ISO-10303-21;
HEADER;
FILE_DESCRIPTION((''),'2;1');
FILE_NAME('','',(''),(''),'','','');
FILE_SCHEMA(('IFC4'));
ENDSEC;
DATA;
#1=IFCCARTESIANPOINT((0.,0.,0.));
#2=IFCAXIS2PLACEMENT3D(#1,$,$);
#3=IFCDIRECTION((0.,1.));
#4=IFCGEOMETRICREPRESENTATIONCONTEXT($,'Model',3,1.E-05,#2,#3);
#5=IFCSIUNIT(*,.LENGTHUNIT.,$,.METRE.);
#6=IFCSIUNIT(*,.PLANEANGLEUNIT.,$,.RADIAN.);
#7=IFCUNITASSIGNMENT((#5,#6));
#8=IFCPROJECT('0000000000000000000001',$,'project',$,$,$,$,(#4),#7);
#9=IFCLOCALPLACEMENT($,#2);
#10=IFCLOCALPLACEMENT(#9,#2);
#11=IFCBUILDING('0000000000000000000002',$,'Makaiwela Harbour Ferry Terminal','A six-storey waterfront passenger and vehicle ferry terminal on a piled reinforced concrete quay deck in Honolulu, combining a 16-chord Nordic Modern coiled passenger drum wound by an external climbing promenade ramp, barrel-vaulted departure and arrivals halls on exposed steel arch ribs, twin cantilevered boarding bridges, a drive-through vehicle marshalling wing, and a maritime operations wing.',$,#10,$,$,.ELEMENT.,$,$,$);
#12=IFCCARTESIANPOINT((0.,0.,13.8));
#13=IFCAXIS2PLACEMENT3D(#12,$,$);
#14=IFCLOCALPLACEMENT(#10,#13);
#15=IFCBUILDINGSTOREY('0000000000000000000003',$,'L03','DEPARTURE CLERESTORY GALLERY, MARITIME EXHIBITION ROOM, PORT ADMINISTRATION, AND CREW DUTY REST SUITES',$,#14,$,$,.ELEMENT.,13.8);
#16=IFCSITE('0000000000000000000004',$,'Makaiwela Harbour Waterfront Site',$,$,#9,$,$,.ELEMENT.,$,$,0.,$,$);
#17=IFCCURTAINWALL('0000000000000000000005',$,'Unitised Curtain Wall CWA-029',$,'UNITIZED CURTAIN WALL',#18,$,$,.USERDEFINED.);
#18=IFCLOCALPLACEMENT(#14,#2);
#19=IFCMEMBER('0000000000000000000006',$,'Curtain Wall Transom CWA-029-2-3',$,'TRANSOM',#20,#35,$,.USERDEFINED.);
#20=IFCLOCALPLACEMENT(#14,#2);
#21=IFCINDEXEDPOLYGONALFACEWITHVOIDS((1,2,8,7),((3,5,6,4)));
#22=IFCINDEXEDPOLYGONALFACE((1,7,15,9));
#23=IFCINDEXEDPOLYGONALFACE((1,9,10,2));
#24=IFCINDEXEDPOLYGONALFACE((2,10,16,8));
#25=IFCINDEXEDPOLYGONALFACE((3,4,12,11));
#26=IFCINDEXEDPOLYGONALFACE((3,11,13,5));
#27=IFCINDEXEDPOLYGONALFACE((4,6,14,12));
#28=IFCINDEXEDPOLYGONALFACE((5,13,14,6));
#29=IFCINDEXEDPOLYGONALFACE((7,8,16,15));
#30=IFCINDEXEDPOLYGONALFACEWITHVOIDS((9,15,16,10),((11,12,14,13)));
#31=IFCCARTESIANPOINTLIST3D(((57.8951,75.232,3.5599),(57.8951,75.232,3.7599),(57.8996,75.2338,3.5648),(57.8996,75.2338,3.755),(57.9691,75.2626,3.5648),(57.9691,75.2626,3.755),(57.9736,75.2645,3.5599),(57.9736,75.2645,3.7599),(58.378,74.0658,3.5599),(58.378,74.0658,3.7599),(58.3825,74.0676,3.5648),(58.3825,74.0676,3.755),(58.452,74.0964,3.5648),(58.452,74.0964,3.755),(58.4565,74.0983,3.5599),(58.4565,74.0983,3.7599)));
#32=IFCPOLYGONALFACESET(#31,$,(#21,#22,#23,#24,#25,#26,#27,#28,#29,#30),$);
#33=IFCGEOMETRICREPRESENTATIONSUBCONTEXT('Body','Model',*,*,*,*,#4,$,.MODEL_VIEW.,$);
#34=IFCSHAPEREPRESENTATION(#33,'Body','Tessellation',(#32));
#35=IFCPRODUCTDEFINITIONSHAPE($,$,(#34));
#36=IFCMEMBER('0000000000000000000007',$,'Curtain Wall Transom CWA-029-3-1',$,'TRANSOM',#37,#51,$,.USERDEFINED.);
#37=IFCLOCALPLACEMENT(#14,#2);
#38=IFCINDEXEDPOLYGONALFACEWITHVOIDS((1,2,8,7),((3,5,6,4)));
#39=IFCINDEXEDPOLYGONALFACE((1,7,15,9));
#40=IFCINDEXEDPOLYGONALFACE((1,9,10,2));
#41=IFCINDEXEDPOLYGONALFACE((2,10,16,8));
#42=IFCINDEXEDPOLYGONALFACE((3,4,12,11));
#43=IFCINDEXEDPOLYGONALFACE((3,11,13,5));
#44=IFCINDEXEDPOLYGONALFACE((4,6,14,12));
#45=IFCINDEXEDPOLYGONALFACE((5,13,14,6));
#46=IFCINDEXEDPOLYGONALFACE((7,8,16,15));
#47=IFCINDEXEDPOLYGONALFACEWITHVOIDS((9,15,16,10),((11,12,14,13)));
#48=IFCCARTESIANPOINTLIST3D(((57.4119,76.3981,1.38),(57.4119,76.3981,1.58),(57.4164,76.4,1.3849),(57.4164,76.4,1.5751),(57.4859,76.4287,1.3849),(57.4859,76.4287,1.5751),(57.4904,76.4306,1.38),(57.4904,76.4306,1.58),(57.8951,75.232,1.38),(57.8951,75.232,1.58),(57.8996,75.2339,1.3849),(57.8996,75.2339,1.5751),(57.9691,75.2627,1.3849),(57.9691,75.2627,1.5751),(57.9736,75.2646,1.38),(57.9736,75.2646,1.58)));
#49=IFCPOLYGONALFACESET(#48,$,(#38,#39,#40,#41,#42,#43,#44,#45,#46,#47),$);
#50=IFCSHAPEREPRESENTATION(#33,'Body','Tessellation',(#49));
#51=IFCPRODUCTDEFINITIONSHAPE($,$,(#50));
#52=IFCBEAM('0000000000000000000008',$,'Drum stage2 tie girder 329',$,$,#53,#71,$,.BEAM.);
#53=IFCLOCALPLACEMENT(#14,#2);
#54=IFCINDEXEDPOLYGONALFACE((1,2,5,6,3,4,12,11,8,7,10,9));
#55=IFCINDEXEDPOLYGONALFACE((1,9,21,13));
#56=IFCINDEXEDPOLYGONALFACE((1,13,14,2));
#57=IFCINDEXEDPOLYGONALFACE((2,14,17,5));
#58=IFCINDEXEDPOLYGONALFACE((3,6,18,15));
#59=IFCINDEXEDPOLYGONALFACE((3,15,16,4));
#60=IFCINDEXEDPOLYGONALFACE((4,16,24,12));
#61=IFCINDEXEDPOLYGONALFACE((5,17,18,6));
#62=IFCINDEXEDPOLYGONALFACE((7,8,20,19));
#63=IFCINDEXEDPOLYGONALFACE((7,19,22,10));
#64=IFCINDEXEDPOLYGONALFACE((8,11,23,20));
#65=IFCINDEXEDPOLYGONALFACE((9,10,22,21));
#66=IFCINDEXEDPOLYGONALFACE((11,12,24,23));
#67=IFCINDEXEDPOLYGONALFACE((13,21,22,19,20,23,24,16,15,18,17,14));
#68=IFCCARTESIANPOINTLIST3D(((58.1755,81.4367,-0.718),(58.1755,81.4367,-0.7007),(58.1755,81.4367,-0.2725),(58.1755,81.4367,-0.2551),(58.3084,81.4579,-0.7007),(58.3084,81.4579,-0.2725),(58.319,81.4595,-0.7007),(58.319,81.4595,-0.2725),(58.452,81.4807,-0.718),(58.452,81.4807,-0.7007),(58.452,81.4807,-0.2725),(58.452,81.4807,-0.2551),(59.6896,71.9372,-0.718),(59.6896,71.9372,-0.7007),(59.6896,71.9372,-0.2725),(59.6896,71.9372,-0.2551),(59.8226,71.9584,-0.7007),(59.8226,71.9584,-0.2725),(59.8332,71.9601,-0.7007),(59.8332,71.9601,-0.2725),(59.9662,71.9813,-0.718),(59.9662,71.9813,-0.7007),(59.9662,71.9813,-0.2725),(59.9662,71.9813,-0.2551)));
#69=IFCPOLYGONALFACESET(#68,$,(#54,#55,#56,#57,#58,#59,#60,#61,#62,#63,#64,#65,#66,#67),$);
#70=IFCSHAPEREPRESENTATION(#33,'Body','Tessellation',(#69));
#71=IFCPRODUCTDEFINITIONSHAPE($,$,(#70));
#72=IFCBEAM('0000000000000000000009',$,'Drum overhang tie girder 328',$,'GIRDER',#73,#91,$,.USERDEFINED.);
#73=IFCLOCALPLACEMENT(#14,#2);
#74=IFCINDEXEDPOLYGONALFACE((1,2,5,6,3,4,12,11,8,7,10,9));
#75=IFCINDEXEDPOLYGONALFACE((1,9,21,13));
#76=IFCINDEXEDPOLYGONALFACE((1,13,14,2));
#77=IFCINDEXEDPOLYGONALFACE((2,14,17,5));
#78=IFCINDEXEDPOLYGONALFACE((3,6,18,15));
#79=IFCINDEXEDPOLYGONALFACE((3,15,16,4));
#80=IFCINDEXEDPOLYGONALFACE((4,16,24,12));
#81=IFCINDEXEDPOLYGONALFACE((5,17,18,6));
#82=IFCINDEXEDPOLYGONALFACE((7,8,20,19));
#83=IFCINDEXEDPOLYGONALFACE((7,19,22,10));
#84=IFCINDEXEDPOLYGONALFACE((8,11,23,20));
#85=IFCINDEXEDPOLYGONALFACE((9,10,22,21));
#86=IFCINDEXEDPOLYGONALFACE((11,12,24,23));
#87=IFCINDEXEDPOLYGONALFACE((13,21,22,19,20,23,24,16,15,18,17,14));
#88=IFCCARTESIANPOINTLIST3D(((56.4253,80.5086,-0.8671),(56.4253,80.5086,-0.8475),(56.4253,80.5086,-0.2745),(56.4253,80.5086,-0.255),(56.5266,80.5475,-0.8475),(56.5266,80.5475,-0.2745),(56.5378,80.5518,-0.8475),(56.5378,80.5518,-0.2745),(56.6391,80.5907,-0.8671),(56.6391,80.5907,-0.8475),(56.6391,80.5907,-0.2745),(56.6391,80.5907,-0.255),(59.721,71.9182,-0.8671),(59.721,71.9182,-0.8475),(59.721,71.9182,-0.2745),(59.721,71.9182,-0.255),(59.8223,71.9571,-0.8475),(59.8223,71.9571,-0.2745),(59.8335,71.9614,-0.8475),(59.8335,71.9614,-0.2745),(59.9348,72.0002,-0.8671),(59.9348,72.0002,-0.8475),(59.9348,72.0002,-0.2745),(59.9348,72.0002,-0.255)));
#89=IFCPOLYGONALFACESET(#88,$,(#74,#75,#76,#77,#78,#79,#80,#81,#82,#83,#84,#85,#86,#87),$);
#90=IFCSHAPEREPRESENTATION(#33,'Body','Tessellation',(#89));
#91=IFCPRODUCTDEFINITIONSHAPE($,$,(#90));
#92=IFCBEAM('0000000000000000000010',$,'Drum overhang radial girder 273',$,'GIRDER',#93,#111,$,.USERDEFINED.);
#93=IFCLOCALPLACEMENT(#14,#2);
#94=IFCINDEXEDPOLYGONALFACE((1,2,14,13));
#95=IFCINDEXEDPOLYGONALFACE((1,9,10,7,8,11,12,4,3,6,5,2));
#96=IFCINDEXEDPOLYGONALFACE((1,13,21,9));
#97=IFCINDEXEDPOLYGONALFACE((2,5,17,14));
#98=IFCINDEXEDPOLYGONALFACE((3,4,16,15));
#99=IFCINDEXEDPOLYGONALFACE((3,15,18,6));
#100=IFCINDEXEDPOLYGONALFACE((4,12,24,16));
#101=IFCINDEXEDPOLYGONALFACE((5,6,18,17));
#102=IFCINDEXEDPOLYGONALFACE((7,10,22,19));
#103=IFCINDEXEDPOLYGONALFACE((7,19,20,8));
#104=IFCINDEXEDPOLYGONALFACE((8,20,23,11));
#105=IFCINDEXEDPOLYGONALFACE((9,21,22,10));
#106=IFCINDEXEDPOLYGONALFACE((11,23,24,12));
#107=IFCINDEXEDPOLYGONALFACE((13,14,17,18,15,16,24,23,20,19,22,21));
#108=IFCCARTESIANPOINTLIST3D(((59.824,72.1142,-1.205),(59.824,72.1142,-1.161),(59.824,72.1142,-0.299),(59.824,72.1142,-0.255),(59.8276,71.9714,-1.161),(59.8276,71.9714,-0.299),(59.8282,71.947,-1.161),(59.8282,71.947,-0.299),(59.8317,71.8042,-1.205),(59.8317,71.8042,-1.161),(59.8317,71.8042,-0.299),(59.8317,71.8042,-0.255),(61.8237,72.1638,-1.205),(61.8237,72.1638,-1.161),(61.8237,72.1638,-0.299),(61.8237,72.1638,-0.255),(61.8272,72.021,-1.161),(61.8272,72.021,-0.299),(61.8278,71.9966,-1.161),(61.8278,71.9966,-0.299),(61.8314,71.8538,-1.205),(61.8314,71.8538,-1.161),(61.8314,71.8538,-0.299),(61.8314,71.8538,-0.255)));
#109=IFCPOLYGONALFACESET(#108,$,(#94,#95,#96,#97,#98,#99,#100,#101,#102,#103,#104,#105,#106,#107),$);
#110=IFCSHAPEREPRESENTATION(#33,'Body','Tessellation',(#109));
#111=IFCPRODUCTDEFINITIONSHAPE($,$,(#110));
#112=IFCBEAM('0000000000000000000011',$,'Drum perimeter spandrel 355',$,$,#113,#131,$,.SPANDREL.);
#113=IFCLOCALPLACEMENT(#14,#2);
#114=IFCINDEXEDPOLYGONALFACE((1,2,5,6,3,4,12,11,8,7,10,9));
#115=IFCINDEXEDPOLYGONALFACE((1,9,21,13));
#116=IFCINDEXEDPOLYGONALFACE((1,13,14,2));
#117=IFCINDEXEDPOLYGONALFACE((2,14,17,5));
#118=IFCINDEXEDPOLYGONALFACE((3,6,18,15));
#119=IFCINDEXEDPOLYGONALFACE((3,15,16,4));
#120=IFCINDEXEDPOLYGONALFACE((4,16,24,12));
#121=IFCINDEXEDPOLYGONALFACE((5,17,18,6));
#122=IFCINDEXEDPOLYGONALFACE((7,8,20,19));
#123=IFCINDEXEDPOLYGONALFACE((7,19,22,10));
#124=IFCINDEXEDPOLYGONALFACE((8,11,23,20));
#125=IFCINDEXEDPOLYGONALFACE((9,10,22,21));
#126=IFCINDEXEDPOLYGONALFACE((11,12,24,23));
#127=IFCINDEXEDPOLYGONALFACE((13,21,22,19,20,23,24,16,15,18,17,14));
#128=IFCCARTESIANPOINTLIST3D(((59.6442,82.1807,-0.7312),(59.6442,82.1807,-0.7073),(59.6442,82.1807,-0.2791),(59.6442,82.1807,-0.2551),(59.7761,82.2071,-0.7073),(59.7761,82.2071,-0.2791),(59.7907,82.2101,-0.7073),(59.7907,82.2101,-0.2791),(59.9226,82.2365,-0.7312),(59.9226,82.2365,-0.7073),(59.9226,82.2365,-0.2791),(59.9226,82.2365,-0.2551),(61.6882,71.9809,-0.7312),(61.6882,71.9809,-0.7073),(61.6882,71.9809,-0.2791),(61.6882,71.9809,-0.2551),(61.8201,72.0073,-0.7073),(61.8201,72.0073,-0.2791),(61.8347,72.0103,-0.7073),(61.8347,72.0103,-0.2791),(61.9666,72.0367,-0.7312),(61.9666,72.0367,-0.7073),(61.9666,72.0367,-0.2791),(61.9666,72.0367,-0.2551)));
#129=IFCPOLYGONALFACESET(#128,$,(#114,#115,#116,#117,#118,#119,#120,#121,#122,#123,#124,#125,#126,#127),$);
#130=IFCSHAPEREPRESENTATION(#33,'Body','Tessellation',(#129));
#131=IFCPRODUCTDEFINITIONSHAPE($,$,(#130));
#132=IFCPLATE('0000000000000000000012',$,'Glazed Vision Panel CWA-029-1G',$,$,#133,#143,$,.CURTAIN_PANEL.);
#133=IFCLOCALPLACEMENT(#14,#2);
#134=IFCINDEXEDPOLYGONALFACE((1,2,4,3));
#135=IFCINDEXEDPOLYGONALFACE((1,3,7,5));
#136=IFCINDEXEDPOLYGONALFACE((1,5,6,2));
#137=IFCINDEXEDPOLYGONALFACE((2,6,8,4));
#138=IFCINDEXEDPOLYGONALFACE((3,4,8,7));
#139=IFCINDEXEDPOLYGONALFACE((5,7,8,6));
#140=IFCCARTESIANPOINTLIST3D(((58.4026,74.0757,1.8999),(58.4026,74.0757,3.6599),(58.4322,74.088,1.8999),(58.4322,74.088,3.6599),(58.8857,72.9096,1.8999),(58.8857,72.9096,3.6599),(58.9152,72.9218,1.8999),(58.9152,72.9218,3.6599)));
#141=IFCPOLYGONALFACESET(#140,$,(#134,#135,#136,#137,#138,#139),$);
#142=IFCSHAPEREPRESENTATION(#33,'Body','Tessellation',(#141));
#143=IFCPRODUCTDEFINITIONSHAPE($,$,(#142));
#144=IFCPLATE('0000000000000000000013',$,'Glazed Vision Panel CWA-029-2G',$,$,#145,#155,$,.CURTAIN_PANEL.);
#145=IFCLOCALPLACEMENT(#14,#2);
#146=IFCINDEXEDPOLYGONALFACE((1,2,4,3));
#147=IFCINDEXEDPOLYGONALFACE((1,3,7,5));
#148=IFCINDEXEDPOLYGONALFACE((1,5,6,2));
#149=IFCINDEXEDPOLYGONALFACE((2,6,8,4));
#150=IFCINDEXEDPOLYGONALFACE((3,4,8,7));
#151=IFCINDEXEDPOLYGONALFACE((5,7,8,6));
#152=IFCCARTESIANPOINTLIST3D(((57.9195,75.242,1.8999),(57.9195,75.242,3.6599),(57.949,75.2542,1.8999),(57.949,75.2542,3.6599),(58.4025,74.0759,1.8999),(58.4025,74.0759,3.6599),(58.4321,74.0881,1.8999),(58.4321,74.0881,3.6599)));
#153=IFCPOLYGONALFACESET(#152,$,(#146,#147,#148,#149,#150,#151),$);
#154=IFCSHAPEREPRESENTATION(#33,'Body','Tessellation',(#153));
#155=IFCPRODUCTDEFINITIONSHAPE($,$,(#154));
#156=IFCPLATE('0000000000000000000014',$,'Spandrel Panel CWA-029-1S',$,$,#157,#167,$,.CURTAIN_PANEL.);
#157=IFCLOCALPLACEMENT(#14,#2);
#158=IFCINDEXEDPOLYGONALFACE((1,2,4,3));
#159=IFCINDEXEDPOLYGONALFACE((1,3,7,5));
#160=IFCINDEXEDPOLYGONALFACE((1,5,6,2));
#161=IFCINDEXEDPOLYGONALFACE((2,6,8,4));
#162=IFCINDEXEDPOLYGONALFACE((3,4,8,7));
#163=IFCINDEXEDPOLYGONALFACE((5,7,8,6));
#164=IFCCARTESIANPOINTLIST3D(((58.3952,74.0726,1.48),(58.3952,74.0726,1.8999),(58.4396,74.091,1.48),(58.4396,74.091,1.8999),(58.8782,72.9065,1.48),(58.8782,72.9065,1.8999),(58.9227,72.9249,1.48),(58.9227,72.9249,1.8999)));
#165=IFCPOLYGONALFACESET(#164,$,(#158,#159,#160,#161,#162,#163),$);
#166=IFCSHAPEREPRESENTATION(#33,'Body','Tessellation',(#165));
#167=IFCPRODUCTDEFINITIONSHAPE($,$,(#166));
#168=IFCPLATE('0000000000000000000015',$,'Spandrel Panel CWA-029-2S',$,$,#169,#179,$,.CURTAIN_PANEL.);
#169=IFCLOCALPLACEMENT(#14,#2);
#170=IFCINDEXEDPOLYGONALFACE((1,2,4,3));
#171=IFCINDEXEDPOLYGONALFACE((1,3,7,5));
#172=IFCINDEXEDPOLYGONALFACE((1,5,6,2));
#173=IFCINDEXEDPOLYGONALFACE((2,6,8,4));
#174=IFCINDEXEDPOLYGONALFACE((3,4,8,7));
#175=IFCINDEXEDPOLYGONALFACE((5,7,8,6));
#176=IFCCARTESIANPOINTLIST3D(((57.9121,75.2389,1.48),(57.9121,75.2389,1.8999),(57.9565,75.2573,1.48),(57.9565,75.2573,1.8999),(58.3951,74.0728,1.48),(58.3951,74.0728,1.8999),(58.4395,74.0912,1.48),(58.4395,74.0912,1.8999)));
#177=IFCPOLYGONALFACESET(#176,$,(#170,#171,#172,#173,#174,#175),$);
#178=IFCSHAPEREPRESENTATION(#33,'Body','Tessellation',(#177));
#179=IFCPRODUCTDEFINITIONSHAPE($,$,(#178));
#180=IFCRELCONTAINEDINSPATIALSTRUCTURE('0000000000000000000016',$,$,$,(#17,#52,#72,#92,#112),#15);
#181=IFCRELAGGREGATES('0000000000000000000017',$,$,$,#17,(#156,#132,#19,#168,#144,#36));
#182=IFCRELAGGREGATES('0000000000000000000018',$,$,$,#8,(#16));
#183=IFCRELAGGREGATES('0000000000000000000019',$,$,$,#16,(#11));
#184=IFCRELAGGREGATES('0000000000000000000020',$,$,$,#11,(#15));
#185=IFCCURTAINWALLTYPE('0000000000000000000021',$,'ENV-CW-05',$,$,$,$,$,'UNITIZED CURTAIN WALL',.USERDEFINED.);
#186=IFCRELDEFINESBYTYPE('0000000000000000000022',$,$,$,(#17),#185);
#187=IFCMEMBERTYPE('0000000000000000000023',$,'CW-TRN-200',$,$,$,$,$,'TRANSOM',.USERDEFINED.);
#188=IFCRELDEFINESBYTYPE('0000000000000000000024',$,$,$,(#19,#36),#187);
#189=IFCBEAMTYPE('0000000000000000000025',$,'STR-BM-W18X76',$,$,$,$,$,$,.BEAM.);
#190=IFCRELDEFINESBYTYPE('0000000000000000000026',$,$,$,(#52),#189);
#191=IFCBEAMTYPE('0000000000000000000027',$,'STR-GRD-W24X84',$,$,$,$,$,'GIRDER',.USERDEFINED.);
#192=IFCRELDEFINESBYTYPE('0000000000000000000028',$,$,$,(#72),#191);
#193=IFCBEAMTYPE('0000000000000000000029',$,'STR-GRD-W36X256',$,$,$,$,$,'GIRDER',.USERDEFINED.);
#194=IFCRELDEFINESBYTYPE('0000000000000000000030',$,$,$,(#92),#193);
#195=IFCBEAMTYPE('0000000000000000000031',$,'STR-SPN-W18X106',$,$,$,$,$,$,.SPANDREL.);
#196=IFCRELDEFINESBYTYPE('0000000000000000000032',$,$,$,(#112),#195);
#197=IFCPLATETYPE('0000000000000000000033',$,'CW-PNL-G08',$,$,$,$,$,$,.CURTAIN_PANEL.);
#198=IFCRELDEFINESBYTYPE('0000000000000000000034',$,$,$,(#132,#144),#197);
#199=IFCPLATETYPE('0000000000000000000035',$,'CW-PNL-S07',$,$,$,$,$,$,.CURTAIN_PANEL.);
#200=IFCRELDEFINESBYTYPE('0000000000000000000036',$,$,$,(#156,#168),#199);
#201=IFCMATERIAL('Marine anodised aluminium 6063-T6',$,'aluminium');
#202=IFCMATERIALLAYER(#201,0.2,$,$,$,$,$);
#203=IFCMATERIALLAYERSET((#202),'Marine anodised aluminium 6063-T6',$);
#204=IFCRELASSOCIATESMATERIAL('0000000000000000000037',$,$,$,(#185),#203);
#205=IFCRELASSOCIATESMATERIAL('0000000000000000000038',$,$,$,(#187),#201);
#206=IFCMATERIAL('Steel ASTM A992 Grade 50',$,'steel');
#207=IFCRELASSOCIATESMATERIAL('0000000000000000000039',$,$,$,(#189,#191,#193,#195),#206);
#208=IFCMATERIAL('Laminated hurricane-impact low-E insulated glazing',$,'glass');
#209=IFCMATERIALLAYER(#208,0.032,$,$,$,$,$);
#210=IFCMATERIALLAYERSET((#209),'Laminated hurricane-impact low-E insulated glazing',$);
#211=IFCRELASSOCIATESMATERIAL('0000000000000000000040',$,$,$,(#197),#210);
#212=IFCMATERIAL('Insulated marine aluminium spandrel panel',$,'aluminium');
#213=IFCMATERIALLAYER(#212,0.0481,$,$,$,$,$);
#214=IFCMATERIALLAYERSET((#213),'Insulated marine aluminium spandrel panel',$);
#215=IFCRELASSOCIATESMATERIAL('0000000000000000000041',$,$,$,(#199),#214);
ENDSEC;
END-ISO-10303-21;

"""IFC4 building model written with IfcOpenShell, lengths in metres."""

from ifc_helpers import new_model, si_unit, direction, frame, origin, origin_2d, place, context, subcontext, project, spatial, rectangle, hollow_rectangle, i_section, extrude, material, layer, layer_set, material_profile, profile_set, type_object, element, aggregate, save


model = new_model("IFC4")

# Units and contexts
model_context = context("Model", 3, precision=1e-05, world=origin(), true_north=direction((0.0, 1.0)))
body_context = subcontext(model_context, "Body", "Model", "MODEL_VIEW")
ifc_project = project(units=[si_unit("LENGTHUNIT", "METRE"), si_unit("PLANEANGLEUNIT", "RADIAN")], contexts=[model_context])

# Site, building, storey
site_placement = place(None, origin())
site = spatial("IfcSite", under=ifc_project, at=site_placement, Name="Makaiwela Harbour Waterfront Site", CompositionType="ELEMENT", RefElevation=0.0)
building_placement = place(site_placement, origin())
building = spatial("IfcBuilding", under=site, at=building_placement, Name="Makaiwela Harbour Ferry Terminal", Description="A six-storey waterfront passenger and vehicle ferry terminal on a piled reinforced concrete quay deck in Honolulu, combining a 16-chord Nordic Modern coiled passenger drum wound by an external climbing promenade ramp, barrel-vaulted departure and arrivals halls on exposed steel arch ribs, twin cantilevered boarding bridges, a drive-through vehicle marshalling wing, and a maritime operations wing.", CompositionType="ELEMENT")
storey_placement = place(building_placement, frame((0.0, 0.0, 13.8)))
storey = spatial("IfcBuildingStorey", under=building, at=storey_placement, Name="L03", Description="DEPARTURE CLERESTORY GALLERY, MARITIME EXHIBITION ROOM, PORT ADMINISTRATION, AND CREW DUTY REST SUITES", CompositionType="ELEMENT", Elevation=13.8)

# Shared definitions
ifc_material_1 = material(Name="Steel ASTM A992 Grade 50", Category="steel")

# Curtain wall
ifc_material_2 = material(Name="Marine anodised aluminium 6063-T6", Category="aluminium")
ifc_layer_1 = layer(ifc_material_2, 0.2)
ifc_layer_set_1 = layer_set([ifc_layer_1], Name="Marine anodised aluminium 6063-T6")
curtain_wall_type = type_object("IfcCurtainWallType", Name="ENV-CW-05", ElementType="UNITIZED CURTAIN WALL", PredefinedType="USERDEFINED", material=ifc_layer_set_1)
curtain_wall_1_placement = place(storey_placement, origin())
curtain_wall_1 = element("IfcCurtainWall", 1, at=curtain_wall_1_placement, inside=storey, type_object=curtain_wall_type, Name="Unitised Curtain Wall CWA-029", ObjectType="UNITIZED CURTAIN WALL", PredefinedType="USERDEFINED")

# Members
ifc_material_profile_1 = material_profile(ifc_material_2, hollow_rectangle(XDim=0.085, YDim=0.2, WallThickness=0.0049, at=origin_2d()), Name="CWT-200X85")
ifc_profile_set_1 = profile_set([ifc_material_profile_1], Name="Marine anodised aluminium 6063-T6")
member_type_1 = type_object("IfcMemberType", Name="CW-TRN-200", ElementType="TRANSOM", PredefinedType="USERDEFINED", material=ifc_profile_set_1)
member_1_placement = place(storey_placement, frame((58.4172, 74.082, 3.6599), z_axis=(-0.382568, 0.923927, 0.0), x_axis=(-0.923927, -0.382568, 0.0)))
member_1 = element("IfcMember", 2, at=member_1_placement, type_object=member_type_1, Name="Curtain Wall Transom CWA-029-2-3", ObjectType="TRANSOM", PredefinedType="USERDEFINED", context=body_context, shape_type="SweptSolid", body=[
    extrude(hollow_rectangle(XDim=0.085, YDim=0.2, WallThickness=0.0049, at=origin_2d()), origin(), (0.0, 0.0, 1.0), 1.2622),
])
member_2_placement = place(storey_placement, frame((57.9343, 75.2483, 1.48), z_axis=(-0.382802, 0.923831, 0.0), x_axis=(-0.923831, -0.382802, 0.0)))
member_2 = element("IfcMember", 3, at=member_2_placement, type_object=member_type_1, Name="Curtain Wall Transom CWA-029-3-1", ObjectType="TRANSOM", PredefinedType="USERDEFINED", context=body_context, shape_type="SweptSolid", body=[
    extrude(hollow_rectangle(XDim=0.085, YDim=0.2, WallThickness=0.0049, at=origin_2d()), origin(), (0.0, 0.0, 1.0), 1.2622),
])

# Beams
ifc_material_profile_2 = material_profile(ifc_material_1, i_section(OverallWidth=0.28, OverallDepth=0.4629, WebThickness=0.0107, FlangeThickness=0.0173, at=origin_2d()), Name="W18X76")
ifc_profile_set_2 = profile_set([ifc_material_profile_2], Name="Steel ASTM A992 Grade 50")
beam_type_1 = type_object("IfcBeamType", Name="STR-BM-W18X76", PredefinedType="BEAM", material=ifc_profile_set_2)
beam_1_placement = place(storey_placement, frame((59.8279, 71.9592, -0.4866), z_axis=(-0.157406, 0.987534, 0.0), x_axis=(-0.987534, -0.157406, 0.0)))
element("IfcBeam", 4, at=beam_1_placement, inside=storey, type_object=beam_type_1, Name="Drum stage2 tie girder 329", PredefinedType="BEAM", context=body_context, shape_type="SweptSolid", body=[
    extrude(i_section(OverallWidth=0.28, OverallDepth=0.4629, WebThickness=0.0107, FlangeThickness=0.0173, at=origin_2d()), origin(), (0.0, 0.0, 1.0), 9.6194),
])
ifc_material_profile_3 = material_profile(ifc_material_1, i_section(OverallWidth=0.229, OverallDepth=0.6121, WebThickness=0.012, FlangeThickness=0.0195, at=origin_2d()), Name="W24X84")
ifc_profile_set_3 = profile_set([ifc_material_profile_3], Name="Steel ASTM A992 Grade 50")
beam_type_2 = type_object("IfcBeamType", Name="STR-GRD-W24X84", ElementType="GIRDER", PredefinedType="USERDEFINED", material=ifc_profile_set_3)
beam_2_placement = place(storey_placement, frame((59.8279, 71.9592, -0.561), z_axis=(-0.358191, 0.933648, 0.0), x_axis=(-0.933648, -0.358191, 0.0)))
element("IfcBeam", 5, at=beam_2_placement, inside=storey, type_object=beam_type_2, Name="Drum overhang tie girder 328", ObjectType="GIRDER", PredefinedType="USERDEFINED", context=body_context, shape_type="SweptSolid", body=[
    extrude(i_section(OverallWidth=0.229, OverallDepth=0.6121, WebThickness=0.012, FlangeThickness=0.0195, at=origin_2d()), origin(), (0.0, 0.0, 1.0), 9.2009),
])
ifc_material_profile_4 = material_profile(ifc_material_1, i_section(OverallWidth=0.3101, OverallDepth=0.95, WebThickness=0.0244, FlangeThickness=0.0439, at=origin_2d()), Name="W36X256")
ifc_profile_set_4 = profile_set([ifc_material_profile_4], Name="Steel ASTM A992 Grade 50")
beam_type_3 = type_object("IfcBeamType", Name="STR-GRD-W36X256", ElementType="GIRDER", PredefinedType="USERDEFINED", material=ifc_profile_set_4)
beam_3_placement = place(storey_placement, frame((59.8279, 71.9592, -0.73), z_axis=(0.999693, 0.024779, 0.0), x_axis=(-0.024779, 0.999693, 0.0)))
element("IfcBeam", 6, at=beam_3_placement, inside=storey, type_object=beam_type_3, Name="Drum overhang radial girder 273", ObjectType="GIRDER", PredefinedType="USERDEFINED", context=body_context, shape_type="SweptSolid", body=[
    extrude(i_section(OverallWidth=0.3101, OverallDepth=0.95, WebThickness=0.0244, FlangeThickness=0.0439, at=origin_2d()), origin(), (0.0, 0.0, 1.0), 2.0002),
])
ifc_material_profile_5 = material_profile(ifc_material_1, i_section(OverallWidth=0.2839, OverallDepth=0.4761, WebThickness=0.0149, FlangeThickness=0.0239, at=origin_2d()), Name="W18X106")
ifc_profile_set_5 = profile_set([ifc_material_profile_5], Name="Steel ASTM A992 Grade 50")
beam_type_4 = type_object("IfcBeamType", Name="STR-SPN-W18X106", PredefinedType="SPANDREL", material=ifc_profile_set_5)
beam_4_placement = place(storey_placement, frame((61.8274, 72.0088, -0.4932), z_axis=(-0.196486, 0.980507, 0.0), x_axis=(-0.980507, -0.196486, 0.0)))
element("IfcBeam", 7, at=beam_4_placement, inside=storey, type_object=beam_type_4, Name="Drum perimeter spandrel 355", PredefinedType="SPANDREL", context=body_context, shape_type="SweptSolid", body=[
    extrude(i_section(OverallWidth=0.2839, OverallDepth=0.4761, WebThickness=0.0149, FlangeThickness=0.0239, at=origin_2d()), origin(), (0.0, 0.0, 1.0), 10.4026),
])

# Plates
ifc_material_3 = material(Name="Laminated hurricane-impact low-E insulated glazing", Category="glass")
ifc_layer_2 = layer(ifc_material_3, 0.032)
ifc_layer_set_2 = layer_set([ifc_layer_2], Name="Laminated hurricane-impact low-E insulated glazing")
plate_type_1 = type_object("IfcPlateType", Name="CW-PNL-G08", PredefinedType="CURTAIN_PANEL", material=ifc_layer_set_2)
plate_1_placement = place(storey_placement, frame((58.6589, 73.4988, 1.8999), z_axis=(0.0, 0.0, 1.0), x_axis=(-0.382683, 0.92388, 0.0)))
plate_1 = element("IfcPlate", 8, at=plate_1_placement, type_object=plate_type_1, Name="Glazed Vision Panel CWA-029-1G", PredefinedType="CURTAIN_PANEL", context=body_context, shape_type="SweptSolid", body=[
    extrude(rectangle(XDim=1.2622, YDim=0.032, at=origin_2d()), origin(), (0.0, 0.0, 1.0), 1.76),
])
plate_2_placement = place(storey_placement, frame((58.1758, 74.665, 1.8999), z_axis=(0.0, 0.0, 1.0), x_axis=(-0.382683, 0.92388, 0.0)))
plate_2 = element("IfcPlate", 9, at=plate_2_placement, type_object=plate_type_1, Name="Glazed Vision Panel CWA-029-2G", PredefinedType="CURTAIN_PANEL", context=body_context, shape_type="SweptSolid", body=[
    extrude(rectangle(XDim=1.2622, YDim=0.032, at=origin_2d()), origin(), (0.0, 0.0, 1.0), 1.76),
])
ifc_material_4 = material(Name="Insulated marine aluminium spandrel panel", Category="aluminium")
ifc_layer_3 = layer(ifc_material_4, 0.0481)
ifc_layer_set_3 = layer_set([ifc_layer_3], Name="Insulated marine aluminium spandrel panel")
plate_type_2 = type_object("IfcPlateType", Name="CW-PNL-S07", PredefinedType="CURTAIN_PANEL", material=ifc_layer_set_3)
plate_3_placement = place(storey_placement, frame((58.6589, 73.4988, 1.48), z_axis=(0.0, 0.0, 1.0), x_axis=(-0.382683, 0.92388, 0.0)))
plate_3 = element("IfcPlate", 10, at=plate_3_placement, type_object=plate_type_2, Name="Spandrel Panel CWA-029-1S", PredefinedType="CURTAIN_PANEL", context=body_context, shape_type="SweptSolid", body=[
    extrude(rectangle(XDim=1.2622, YDim=0.0481, at=origin_2d()), origin(), (0.0, 0.0, 1.0), 0.4199),
])
plate_4_placement = place(storey_placement, frame((58.1758, 74.665, 1.48), z_axis=(0.0, 0.0, 1.0), x_axis=(-0.382683, 0.92388, 0.0)))
plate_4 = element("IfcPlate", 11, at=plate_4_placement, type_object=plate_type_2, Name="Spandrel Panel CWA-029-2S", PredefinedType="CURTAIN_PANEL", context=body_context, shape_type="SweptSolid", body=[
    extrude(rectangle(XDim=1.2622, YDim=0.0481, at=origin_2d()), origin(), (0.0, 0.0, 1.0), 0.4199),
])
aggregate(curtain_wall_1, [plate_3, plate_1, member_1, plate_4, plate_2, member_2])

save(model, "model.ifc")
